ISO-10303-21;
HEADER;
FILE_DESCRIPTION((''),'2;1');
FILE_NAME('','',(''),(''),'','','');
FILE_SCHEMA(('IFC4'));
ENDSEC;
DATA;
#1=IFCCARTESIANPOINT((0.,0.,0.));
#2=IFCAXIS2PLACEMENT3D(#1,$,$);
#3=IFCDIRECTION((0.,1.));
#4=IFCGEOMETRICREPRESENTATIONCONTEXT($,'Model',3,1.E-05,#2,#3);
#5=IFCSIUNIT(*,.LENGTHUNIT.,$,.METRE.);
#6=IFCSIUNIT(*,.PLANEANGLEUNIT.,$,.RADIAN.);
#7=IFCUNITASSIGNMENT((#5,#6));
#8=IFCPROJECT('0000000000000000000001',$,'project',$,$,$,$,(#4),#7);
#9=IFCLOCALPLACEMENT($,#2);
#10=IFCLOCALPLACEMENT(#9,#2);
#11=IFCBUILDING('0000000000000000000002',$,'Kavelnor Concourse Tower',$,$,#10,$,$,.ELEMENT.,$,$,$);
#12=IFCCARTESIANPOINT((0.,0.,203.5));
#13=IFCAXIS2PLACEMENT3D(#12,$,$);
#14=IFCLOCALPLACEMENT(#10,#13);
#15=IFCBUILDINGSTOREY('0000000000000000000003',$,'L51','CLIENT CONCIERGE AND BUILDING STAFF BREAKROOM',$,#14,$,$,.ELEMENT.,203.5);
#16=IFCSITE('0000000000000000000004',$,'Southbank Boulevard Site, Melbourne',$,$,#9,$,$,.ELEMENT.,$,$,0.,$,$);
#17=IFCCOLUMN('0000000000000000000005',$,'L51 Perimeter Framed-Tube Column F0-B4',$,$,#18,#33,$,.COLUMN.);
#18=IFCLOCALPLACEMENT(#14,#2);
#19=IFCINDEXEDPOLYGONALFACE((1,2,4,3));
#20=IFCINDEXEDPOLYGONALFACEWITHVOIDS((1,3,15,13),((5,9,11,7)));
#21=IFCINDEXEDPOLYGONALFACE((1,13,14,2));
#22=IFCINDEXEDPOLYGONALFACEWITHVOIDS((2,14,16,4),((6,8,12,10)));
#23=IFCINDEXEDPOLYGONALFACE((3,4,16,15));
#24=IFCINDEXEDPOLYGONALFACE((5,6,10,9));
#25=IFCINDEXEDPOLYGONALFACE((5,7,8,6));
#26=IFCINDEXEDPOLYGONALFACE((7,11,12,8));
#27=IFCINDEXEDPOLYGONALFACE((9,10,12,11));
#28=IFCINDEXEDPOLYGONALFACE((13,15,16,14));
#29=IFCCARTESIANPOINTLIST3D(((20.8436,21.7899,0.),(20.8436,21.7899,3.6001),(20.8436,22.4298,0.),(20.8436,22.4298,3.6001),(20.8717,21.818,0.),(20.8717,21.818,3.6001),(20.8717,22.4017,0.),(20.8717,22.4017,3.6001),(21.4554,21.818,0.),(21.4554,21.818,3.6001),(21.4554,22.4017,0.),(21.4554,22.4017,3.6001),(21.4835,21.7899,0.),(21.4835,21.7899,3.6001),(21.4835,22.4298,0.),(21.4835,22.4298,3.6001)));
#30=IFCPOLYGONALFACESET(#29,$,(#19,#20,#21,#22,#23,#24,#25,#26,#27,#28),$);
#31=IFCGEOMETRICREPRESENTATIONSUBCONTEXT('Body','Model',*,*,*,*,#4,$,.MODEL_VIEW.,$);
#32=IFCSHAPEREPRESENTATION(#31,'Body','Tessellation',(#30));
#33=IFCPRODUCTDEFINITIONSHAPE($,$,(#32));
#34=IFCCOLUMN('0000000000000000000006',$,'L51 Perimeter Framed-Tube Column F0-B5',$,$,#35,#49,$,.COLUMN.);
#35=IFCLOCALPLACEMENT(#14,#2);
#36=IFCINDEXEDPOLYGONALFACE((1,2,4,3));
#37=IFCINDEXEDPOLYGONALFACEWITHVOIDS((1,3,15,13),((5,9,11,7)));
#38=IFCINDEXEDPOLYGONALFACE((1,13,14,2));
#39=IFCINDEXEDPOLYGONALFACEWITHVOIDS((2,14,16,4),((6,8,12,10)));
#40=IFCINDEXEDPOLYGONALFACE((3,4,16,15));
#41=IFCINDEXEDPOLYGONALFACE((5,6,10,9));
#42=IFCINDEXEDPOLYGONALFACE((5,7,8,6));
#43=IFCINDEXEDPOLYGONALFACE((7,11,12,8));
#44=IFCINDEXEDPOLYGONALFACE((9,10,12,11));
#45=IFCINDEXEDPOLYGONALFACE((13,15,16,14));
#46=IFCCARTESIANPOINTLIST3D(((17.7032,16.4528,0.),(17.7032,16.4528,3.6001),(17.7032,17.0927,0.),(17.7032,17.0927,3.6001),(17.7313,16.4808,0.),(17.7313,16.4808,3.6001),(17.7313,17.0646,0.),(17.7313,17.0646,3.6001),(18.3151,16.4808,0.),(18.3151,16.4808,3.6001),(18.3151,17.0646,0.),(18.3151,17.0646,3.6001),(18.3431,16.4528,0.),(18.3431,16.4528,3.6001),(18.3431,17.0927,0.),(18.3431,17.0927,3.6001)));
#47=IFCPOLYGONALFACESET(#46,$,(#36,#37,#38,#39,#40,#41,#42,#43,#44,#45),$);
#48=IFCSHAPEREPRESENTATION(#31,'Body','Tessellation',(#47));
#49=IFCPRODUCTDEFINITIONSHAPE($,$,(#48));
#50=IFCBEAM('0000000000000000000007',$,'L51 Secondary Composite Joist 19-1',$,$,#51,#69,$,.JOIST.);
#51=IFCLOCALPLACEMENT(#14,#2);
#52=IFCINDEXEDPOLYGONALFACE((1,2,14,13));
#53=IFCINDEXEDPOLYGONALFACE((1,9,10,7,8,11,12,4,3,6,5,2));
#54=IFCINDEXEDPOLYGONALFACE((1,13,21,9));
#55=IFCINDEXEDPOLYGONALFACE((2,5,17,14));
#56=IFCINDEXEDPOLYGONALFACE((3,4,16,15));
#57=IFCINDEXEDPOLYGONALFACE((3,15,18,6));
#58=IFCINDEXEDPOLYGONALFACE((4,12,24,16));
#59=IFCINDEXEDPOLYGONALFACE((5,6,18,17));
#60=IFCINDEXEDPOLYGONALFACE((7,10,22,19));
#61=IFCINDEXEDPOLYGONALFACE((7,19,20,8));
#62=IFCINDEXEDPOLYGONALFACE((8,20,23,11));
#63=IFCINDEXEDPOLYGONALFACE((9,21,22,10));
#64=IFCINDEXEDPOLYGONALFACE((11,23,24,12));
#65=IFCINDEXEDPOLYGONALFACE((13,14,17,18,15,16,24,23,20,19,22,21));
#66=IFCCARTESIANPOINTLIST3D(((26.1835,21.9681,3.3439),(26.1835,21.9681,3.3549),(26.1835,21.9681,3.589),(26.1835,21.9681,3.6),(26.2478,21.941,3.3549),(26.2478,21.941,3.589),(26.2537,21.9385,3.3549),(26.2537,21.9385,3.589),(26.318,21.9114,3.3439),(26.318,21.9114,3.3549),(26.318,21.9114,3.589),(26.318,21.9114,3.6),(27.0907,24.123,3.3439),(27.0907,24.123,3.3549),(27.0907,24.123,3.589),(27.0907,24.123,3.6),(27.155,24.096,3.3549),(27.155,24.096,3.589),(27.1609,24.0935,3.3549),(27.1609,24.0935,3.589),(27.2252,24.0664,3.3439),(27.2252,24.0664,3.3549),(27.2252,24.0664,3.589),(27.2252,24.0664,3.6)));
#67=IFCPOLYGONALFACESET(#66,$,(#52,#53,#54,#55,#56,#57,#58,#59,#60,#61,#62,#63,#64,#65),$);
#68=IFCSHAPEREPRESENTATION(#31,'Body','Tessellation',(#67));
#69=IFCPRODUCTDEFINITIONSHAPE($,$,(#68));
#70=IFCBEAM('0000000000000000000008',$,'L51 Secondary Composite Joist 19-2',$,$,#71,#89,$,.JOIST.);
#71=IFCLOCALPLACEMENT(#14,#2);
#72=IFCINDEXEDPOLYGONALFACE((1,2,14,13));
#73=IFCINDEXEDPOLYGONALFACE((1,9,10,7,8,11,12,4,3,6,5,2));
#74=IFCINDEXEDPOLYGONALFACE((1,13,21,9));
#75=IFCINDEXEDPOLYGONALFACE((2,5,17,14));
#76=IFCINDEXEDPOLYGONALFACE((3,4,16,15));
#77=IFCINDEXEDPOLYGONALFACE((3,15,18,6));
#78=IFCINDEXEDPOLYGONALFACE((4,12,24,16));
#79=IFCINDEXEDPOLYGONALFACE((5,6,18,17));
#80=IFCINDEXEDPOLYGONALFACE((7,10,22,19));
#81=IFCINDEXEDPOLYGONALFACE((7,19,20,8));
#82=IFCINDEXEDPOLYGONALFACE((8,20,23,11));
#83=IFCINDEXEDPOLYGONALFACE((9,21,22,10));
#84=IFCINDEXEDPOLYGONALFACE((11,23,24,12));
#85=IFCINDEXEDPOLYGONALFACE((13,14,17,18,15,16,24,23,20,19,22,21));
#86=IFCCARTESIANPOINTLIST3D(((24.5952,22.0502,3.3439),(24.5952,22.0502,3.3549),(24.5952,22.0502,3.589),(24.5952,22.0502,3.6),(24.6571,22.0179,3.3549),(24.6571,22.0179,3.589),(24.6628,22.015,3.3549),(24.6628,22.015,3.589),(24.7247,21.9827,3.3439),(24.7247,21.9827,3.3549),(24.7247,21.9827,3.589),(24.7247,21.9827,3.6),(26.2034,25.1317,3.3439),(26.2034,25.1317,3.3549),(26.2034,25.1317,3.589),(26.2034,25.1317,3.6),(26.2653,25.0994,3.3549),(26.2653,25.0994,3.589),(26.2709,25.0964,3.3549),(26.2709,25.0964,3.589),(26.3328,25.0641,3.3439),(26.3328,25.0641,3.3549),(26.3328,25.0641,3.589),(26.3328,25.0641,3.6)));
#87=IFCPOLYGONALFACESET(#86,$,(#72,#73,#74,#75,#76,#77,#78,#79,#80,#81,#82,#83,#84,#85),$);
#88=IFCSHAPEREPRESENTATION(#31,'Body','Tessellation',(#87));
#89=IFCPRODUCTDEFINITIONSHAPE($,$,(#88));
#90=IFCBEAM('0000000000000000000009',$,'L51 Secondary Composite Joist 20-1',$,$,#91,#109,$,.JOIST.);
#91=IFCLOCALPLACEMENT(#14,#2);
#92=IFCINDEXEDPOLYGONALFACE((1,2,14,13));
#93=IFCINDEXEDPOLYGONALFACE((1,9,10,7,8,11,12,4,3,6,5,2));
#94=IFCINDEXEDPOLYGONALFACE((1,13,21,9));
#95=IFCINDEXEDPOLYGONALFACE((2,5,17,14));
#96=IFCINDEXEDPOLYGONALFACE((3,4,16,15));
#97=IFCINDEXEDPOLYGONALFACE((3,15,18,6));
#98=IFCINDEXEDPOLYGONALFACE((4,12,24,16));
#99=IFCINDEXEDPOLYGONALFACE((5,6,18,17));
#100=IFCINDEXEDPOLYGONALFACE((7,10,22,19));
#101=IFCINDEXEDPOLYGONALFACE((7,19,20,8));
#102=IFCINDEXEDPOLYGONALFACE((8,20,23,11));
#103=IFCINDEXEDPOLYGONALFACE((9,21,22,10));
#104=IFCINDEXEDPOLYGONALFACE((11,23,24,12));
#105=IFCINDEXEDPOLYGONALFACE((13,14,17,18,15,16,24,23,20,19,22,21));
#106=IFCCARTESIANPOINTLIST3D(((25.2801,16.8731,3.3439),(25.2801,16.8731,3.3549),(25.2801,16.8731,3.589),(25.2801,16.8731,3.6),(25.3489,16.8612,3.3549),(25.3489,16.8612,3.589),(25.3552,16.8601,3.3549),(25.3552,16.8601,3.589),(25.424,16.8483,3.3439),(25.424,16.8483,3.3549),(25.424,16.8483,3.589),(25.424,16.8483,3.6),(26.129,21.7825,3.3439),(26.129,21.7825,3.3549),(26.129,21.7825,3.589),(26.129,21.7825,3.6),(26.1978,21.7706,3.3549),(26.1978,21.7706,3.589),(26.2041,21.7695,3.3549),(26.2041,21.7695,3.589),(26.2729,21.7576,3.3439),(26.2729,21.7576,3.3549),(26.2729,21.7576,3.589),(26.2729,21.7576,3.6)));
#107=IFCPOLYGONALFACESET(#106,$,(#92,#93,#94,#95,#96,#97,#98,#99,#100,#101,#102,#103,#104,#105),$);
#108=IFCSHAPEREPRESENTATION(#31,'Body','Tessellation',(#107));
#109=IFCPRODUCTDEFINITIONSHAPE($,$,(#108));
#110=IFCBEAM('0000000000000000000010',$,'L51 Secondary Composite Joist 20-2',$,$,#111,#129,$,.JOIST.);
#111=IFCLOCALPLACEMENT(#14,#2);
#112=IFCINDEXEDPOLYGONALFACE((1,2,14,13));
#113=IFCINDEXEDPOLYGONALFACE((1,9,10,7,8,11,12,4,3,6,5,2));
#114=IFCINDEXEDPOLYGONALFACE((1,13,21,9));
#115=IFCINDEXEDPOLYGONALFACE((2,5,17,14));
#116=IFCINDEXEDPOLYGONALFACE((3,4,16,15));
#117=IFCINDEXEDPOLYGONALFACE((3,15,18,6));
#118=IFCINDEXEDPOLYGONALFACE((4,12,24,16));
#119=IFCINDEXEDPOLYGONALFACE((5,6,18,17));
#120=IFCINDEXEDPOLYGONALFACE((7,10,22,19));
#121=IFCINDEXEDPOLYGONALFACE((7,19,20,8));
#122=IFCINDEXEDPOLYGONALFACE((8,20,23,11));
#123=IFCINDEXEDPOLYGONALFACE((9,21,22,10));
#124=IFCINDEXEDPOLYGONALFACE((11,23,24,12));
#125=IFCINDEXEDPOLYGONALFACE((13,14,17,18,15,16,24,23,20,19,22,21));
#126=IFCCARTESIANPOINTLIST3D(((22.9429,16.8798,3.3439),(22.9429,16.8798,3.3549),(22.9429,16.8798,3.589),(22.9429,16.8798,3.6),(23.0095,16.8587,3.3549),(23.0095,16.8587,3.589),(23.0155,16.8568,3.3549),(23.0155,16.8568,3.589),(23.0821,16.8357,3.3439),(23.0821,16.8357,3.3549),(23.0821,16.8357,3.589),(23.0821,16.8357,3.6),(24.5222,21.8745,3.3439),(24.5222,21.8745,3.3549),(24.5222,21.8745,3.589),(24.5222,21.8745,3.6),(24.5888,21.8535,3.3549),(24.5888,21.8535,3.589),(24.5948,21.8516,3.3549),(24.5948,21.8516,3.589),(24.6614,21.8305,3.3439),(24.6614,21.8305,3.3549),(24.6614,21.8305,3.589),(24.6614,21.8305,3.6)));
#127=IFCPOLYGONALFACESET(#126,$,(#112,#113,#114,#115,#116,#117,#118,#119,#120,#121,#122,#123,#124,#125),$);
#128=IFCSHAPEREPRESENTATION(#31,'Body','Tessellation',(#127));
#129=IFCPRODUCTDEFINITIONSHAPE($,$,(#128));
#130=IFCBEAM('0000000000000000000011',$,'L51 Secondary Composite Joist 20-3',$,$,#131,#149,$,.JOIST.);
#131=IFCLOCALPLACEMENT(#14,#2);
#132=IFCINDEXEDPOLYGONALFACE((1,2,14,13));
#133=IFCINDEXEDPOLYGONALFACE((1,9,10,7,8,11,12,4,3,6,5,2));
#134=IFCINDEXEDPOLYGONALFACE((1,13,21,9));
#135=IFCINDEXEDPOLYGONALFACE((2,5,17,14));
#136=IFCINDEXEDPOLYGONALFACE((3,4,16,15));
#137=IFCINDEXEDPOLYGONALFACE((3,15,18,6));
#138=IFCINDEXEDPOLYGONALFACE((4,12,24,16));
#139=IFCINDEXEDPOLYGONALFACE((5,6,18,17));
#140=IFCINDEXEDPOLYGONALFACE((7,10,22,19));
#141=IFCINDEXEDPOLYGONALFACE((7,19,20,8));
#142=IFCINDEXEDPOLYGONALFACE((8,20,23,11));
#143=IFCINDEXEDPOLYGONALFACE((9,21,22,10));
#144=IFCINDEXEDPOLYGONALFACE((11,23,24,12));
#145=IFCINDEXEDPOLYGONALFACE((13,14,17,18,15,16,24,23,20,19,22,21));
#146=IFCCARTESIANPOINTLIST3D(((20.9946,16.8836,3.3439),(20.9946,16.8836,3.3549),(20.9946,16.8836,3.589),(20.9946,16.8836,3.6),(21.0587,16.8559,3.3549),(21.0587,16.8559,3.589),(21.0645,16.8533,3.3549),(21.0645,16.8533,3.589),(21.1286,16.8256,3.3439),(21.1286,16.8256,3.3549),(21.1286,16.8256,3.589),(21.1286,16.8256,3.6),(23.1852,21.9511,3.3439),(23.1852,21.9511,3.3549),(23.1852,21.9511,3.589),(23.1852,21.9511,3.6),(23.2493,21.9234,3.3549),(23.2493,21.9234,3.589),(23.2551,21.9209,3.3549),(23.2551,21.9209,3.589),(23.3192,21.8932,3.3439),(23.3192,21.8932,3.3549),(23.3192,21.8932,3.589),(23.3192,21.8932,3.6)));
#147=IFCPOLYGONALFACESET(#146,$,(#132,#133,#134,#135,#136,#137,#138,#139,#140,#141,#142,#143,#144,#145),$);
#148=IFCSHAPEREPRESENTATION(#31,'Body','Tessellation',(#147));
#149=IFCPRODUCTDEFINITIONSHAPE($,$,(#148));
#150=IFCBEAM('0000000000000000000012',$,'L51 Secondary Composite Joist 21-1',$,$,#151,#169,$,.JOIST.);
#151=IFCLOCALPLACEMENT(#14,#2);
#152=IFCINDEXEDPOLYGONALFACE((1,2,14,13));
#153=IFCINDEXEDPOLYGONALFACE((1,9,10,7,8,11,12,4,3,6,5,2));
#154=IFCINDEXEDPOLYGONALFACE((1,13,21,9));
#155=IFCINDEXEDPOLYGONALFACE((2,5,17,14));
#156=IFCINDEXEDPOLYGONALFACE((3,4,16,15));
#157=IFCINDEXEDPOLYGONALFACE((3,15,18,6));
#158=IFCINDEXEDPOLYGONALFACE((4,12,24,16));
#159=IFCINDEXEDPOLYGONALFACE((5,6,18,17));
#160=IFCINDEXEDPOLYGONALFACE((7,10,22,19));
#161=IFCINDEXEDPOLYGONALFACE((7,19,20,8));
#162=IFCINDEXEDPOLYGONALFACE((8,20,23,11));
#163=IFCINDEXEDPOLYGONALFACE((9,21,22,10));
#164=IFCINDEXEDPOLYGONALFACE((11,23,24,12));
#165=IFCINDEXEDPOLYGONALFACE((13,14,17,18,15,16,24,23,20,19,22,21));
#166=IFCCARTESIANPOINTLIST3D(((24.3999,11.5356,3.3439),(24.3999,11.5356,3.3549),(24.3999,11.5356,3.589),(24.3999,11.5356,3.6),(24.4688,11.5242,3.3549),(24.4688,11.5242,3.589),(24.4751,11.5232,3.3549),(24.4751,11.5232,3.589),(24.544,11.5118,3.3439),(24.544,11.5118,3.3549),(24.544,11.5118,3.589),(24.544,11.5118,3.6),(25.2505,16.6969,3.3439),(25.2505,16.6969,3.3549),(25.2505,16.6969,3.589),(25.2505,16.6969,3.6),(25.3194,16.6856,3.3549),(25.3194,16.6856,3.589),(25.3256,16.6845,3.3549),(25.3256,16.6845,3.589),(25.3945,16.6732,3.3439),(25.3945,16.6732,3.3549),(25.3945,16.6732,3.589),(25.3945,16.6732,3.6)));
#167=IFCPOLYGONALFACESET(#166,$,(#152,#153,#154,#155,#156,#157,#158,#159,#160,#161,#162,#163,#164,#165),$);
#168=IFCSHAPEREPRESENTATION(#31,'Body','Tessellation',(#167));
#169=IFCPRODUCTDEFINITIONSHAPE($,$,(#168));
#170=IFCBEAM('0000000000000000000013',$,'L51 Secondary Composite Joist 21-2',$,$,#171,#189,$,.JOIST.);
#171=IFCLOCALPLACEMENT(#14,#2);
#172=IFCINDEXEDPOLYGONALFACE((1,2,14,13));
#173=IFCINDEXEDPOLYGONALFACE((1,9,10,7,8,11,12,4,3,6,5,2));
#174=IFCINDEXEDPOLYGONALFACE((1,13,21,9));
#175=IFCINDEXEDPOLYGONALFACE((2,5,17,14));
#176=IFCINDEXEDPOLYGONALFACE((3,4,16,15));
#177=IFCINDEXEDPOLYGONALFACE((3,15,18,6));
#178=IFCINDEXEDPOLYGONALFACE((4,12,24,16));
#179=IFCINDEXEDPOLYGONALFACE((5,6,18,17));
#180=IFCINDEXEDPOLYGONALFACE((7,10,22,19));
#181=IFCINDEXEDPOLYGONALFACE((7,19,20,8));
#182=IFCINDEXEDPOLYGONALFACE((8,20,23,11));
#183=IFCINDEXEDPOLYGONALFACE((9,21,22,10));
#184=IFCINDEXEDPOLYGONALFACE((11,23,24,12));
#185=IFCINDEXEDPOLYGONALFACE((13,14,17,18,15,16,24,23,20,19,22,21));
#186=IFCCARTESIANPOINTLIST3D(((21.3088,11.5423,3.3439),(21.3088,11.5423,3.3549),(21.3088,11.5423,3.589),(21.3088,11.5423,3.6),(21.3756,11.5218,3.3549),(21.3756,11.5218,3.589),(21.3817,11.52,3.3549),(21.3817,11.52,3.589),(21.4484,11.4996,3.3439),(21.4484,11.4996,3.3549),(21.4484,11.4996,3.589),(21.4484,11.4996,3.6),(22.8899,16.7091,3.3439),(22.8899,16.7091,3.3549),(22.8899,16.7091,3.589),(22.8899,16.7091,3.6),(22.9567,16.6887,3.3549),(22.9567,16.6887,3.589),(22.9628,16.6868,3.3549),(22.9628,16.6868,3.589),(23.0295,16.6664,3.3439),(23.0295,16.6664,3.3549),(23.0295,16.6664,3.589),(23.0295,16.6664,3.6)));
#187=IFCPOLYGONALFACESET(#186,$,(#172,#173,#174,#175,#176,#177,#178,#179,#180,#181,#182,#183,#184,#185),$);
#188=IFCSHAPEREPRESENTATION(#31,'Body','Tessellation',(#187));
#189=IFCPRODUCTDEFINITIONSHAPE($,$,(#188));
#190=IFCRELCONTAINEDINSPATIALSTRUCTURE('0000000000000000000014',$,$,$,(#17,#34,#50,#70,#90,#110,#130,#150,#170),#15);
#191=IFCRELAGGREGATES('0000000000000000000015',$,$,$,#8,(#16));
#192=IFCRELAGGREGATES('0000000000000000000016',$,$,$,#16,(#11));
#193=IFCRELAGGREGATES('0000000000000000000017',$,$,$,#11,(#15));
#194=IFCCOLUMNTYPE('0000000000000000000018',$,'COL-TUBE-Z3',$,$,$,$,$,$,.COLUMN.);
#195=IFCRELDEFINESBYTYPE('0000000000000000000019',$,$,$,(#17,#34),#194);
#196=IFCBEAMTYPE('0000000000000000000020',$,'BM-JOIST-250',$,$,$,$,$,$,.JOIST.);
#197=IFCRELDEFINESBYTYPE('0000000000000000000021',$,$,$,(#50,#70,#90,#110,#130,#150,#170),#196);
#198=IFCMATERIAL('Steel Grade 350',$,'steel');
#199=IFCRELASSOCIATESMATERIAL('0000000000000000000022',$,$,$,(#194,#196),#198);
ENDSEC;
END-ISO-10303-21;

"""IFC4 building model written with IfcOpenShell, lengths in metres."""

from ifc_helpers import new_model, si_unit, direction, frame, origin, origin_2d, place, context, subcontext, project, spatial, hollow_rectangle, i_section, extrude, material, material_profile, profile_set, type_object, element, save


model = new_model("IFC4")

# Units and contexts
model_context = context("Model", 3, precision=1e-05, world=origin(), true_north=direction((0.0, 1.0)))
body_context = subcontext(model_context, "Body", "Model", "MODEL_VIEW")
ifc_project = project(units=[si_unit("LENGTHUNIT", "METRE"), si_unit("PLANEANGLEUNIT", "RADIAN")], contexts=[model_context])

# Site, building, storey
site_placement = place(None, origin())
site = spatial("IfcSite", under=ifc_project, at=site_placement, Name="Southbank Boulevard Site, Melbourne", CompositionType="ELEMENT", RefElevation=0.0)
building_placement = place(site_placement, origin())
building = spatial("IfcBuilding", under=site, at=building_placement, Name="Kavelnor Concourse Tower", CompositionType="ELEMENT")
storey_placement = place(building_placement, frame((0.0, 0.0, 203.5)))
storey = spatial("IfcBuildingStorey", under=building, at=storey_placement, Name="L51", Description="CLIENT CONCIERGE AND BUILDING STAFF BREAKROOM", CompositionType="ELEMENT", Elevation=203.5)

# Columns
ifc_material_1 = material(Name="Steel Grade 350", Category="steel")
ifc_material_profile_1 = material_profile(ifc_material_1, hollow_rectangle(XDim=0.6399, YDim=0.6399, WallThickness=0.0281, at=origin_2d()), Name="SHS 640x640x28")
ifc_profile_set_1 = profile_set([ifc_material_profile_1], Name="Steel Grade 350")
column_type = type_object("IfcColumnType", Name="COL-TUBE-Z3", PredefinedType="COLUMN", material=ifc_profile_set_1)
for number, where, z_axis, x_axis, name in (
    (1, (21.1636, 22.1099, 0.0), (0.0, 0.0, 1.0), (1.0, 0.0, 0.0), "L51 Perimeter Framed-Tube Column F0-B4"),
    (2, (18.0232, 16.7727, 0.0), (0.0, 0.0, 1.0), (1.0, 0.0, 0.0), "L51 Perimeter Framed-Tube Column F0-B5"),
):
    element("IfcColumn", number, at=place(storey_placement, frame(where, z_axis=z_axis, x_axis=x_axis)), inside=storey, type_object=column_type, Name=name, PredefinedType="COLUMN", context=body_context, shape_type="SweptSolid", body=[
        extrude(hollow_rectangle(XDim=0.6399, YDim=0.6399, WallThickness=0.0281, at=origin_2d()), origin(), (0.0, 0.0, 1.0), 3.6001),
    ])

# Beams
ifc_material_profile_2 = material_profile(ifc_material_1, i_section(OverallWidth=0.146, OverallDepth=0.2561, WebThickness=0.0063, FlangeThickness=0.011, at=origin_2d()), Name="250UB37")
ifc_profile_set_2 = profile_set([ifc_material_profile_2], Name="Steel Grade 350")
beam_type_1 = type_object("IfcBeamType", Name="BM-JOIST-250", PredefinedType="JOIST", material=ifc_profile_set_2)
beam_1_placement = place(storey_placement, frame((27.158, 24.0947, 3.4719), z_axis=(-0.388001, -0.921659, 0.0), x_axis=(0.921659, -0.388001, 0.0)))
element("IfcBeam", 3, at=beam_1_placement, inside=storey, type_object=beam_type_1, Name="L51 Secondary Composite Joist 19-1", PredefinedType="JOIST", context=body_context, shape_type="SweptSolid", body=[
    extrude(i_section(OverallWidth=0.146, OverallDepth=0.2561, WebThickness=0.0063, FlangeThickness=0.011, at=origin_2d()), origin(), (0.0, 0.0, 1.0), 2.3381),
])
beam_2_placement = place(storey_placement, frame((26.2681, 25.0979, 3.4719), z_axis=(-0.462655, -0.886539, 0.0), x_axis=(0.886539, -0.462655, 0.0)))
element("IfcBeam", 4, at=beam_2_placement, inside=storey, type_object=beam_type_1, Name="L51 Secondary Composite Joist 19-2", PredefinedType="JOIST", context=body_context, shape_type="SweptSolid", body=[
    extrude(i_section(OverallWidth=0.146, OverallDepth=0.2561, WebThickness=0.0063, FlangeThickness=0.011, at=origin_2d()), origin(), (0.0, 0.0, 1.0), 3.4758),
])
beam_3_placement = place(storey_placement, frame((26.2009, 21.77, 3.4719), z_axis=(-0.170379, -0.985379, 0.0), x_axis=(0.985379, -0.170379, 0.0)))
element("IfcBeam", 5, at=beam_3_placement, inside=storey, type_object=beam_type_1, Name="L51 Secondary Composite Joist 20-1", PredefinedType="JOIST", context=body_context, shape_type="SweptSolid", body=[
    extrude(i_section(OverallWidth=0.146, OverallDepth=0.2561, WebThickness=0.0063, FlangeThickness=0.011, at=origin_2d()), origin(), (0.0, 0.0, 1.0), 4.9822),
])
beam_4_placement = place(storey_placement, frame((24.5918, 21.8525, 3.4719), z_axis=(-0.301482, -0.953472, 0.0), x_axis=(0.953472, -0.301482, 0.0)))
element("IfcBeam", 6, at=beam_4_placement, inside=storey, type_object=beam_type_1, Name="L51 Secondary Composite Joist 20-2", PredefinedType="JOIST", context=body_context, shape_type="SweptSolid", body=[
    extrude(i_section(OverallWidth=0.146, OverallDepth=0.2561, WebThickness=0.0063, FlangeThickness=0.011, at=origin_2d()), origin(), (0.0, 0.0, 1.0), 5.2385),
])
beam_5_placement = place(storey_placement, frame((23.2522, 21.9221, 3.4719), z_axis=(-0.396799, -0.917905, 0.0), x_axis=(0.917905, -0.396799, 0.0)))
element("IfcBeam", 7, at=beam_5_placement, inside=storey, type_object=beam_type_1, Name="L51 Secondary Composite Joist 20-3", PredefinedType="JOIST", context=body_context, shape_type="SweptSolid", body=[
    extrude(i_section(OverallWidth=0.146, OverallDepth=0.2561, WebThickness=0.0063, FlangeThickness=0.011, at=origin_2d()), origin(), (0.0, 0.0, 1.0), 5.5208),
])
beam_6_placement = place(storey_placement, frame((25.3225, 16.6851, 3.4719), z_axis=(-0.162605, -0.986691, 0.0), x_axis=(0.986691, -0.162605, 0.0)))
element("IfcBeam", 8, at=beam_6_placement, inside=storey, type_object=beam_type_1, Name="L51 Secondary Composite Joist 21-1", PredefinedType="JOIST", context=body_context, shape_type="SweptSolid", body=[
    extrude(i_section(OverallWidth=0.146, OverallDepth=0.2561, WebThickness=0.0063, FlangeThickness=0.011, at=origin_2d()), origin(), (0.0, 0.0, 1.0), 5.231),
])
beam_7_placement = place(storey_placement, frame((22.9597, 16.6877, 3.4719), z_axis=(-0.292612, -0.956231, 0.0), x_axis=(0.956231, -0.292612, 0.0)))
element("IfcBeam", 9, at=beam_7_placement, inside=storey, type_object=beam_type_1, Name="L51 Secondary Composite Joist 21-2", PredefinedType="JOIST", context=body_context, shape_type="SweptSolid", body=[
    extrude(i_section(OverallWidth=0.146, OverallDepth=0.2561, WebThickness=0.0063, FlangeThickness=0.011, at=origin_2d()), origin(), (0.0, 0.0, 1.0), 5.4033),
])

save(model, "model.ifc")
